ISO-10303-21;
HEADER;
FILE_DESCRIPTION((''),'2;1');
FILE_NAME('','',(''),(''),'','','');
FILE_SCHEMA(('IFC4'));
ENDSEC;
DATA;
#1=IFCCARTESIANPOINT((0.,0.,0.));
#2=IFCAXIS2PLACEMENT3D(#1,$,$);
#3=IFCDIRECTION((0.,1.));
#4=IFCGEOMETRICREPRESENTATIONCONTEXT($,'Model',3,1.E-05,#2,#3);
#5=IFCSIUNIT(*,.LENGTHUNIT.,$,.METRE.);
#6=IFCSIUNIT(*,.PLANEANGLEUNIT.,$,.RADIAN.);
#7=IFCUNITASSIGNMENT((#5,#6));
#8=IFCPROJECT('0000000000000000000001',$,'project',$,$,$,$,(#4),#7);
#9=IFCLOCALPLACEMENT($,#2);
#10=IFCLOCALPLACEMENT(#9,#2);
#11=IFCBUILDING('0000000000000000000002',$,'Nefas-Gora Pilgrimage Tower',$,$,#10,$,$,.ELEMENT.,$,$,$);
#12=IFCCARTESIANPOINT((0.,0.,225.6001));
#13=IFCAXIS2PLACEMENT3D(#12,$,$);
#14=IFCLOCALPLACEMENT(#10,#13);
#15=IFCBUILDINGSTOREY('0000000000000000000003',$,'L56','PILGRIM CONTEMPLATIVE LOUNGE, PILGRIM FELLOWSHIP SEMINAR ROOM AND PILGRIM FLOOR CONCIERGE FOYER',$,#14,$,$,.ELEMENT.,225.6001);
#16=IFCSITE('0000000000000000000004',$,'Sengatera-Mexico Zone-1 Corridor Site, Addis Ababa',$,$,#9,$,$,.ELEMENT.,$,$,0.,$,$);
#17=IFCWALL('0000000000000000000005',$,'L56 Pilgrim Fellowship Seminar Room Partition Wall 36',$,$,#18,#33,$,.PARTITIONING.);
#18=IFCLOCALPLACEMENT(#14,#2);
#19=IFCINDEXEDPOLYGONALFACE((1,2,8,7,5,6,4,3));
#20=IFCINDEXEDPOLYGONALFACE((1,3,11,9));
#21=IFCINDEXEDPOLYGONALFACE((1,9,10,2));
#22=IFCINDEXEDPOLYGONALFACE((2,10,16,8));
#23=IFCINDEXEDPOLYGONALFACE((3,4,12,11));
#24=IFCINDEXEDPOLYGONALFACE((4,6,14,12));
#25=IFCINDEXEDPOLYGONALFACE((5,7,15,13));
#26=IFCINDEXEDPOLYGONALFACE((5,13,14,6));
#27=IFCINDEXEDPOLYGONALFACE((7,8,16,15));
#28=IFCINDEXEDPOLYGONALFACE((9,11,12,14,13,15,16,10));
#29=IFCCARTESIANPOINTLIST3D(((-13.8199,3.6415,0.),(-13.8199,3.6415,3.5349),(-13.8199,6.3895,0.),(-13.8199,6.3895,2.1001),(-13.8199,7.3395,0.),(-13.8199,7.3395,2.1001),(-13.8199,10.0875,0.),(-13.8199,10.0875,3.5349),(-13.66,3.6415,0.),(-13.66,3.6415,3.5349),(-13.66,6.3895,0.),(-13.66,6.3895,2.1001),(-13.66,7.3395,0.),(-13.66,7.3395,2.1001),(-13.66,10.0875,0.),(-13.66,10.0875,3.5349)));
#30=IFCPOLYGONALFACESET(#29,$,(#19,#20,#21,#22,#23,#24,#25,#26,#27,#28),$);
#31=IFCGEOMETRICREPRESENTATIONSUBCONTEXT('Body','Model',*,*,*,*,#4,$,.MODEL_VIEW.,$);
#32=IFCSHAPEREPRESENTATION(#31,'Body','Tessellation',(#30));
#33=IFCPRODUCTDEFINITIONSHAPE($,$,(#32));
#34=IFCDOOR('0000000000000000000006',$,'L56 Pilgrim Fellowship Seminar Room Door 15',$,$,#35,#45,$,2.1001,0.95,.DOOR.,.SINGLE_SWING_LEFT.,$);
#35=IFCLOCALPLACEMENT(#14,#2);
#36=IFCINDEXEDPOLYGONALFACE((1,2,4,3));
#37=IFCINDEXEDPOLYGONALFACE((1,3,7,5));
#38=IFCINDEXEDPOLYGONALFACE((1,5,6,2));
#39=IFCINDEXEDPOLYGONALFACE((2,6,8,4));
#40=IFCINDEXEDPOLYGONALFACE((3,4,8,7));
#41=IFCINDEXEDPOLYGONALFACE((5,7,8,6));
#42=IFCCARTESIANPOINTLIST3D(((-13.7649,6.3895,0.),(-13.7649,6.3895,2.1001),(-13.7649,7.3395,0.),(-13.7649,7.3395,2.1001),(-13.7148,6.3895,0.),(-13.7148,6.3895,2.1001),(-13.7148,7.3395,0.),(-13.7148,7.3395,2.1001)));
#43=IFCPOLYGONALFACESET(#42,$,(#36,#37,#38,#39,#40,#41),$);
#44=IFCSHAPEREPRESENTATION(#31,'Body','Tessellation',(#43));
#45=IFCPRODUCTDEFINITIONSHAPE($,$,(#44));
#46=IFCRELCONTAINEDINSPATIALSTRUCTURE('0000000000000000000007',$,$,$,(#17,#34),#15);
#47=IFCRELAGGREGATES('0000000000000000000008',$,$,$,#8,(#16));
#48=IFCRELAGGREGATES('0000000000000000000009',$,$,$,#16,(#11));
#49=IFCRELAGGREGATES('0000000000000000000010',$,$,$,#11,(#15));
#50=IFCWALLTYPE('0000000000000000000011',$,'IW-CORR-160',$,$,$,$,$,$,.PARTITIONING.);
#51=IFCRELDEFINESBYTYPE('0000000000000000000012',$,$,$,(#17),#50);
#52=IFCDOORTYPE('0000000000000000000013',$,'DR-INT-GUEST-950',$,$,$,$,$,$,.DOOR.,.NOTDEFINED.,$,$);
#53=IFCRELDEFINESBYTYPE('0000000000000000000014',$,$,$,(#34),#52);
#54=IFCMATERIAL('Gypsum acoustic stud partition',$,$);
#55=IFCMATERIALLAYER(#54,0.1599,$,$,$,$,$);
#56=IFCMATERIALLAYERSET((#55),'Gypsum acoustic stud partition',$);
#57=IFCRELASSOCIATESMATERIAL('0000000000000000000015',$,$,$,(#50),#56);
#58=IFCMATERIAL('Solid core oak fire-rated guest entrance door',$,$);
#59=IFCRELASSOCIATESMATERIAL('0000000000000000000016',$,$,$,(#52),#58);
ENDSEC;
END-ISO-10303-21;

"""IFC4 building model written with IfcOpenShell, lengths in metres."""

from ifc_helpers import new_model, si_unit, direction, frame, frame_2d, origin, place, context, subcontext, project, spatial, rectangle, extrude, source, transform, mapped, material, layer, layer_set, type_object, element, fill, save


model = new_model("IFC4")

# Units and contexts
model_context = context("Model", 3, precision=1e-05, world=origin(), true_north=direction((0.0, 1.0)))
body_context = subcontext(model_context, "Body", "Model", "MODEL_VIEW")
ifc_project = project(units=[si_unit("LENGTHUNIT", "METRE"), si_unit("PLANEANGLEUNIT", "RADIAN")], contexts=[model_context])

# Site, building, storey
site_placement = place(None, origin())
site = spatial("IfcSite", under=ifc_project, at=site_placement, Name="Sengatera-Mexico Zone-1 Corridor Site, Addis Ababa", CompositionType="ELEMENT", RefElevation=0.0)
building_placement = place(site_placement, origin())
building = spatial("IfcBuilding", under=site, at=building_placement, Name="Nefas-Gora Pilgrimage Tower", CompositionType="ELEMENT")
storey_placement = place(building_placement, frame((0.0, 0.0, 225.6001)))
storey = spatial("IfcBuildingStorey", under=building, at=storey_placement, Name="L56", Description="PILGRIM CONTEMPLATIVE LOUNGE, PILGRIM FELLOWSHIP SEMINAR ROOM AND PILGRIM FLOOR CONCIERGE FOYER", CompositionType="ELEMENT", Elevation=225.6001)

# Wall, opening, door
ifc_material_1 = material(Name="Gypsum acoustic stud partition")
ifc_layer_1 = layer(ifc_material_1, 0.1599)
ifc_layer_set_1 = layer_set([ifc_layer_1], Name="Gypsum acoustic stud partition")
wall_type_1 = type_object("IfcWallType", Name="IW-CORR-160", PredefinedType="PARTITIONING", material=ifc_layer_set_1)
shared_shape_1 = source(origin(), body_context, "Body", "SweptSolid", [
    extrude(rectangle(XDim=6.446, YDim=0.1599, at=frame_2d((3.2231, 0.0))), origin(), (0.0, 0.0, 1.0), 3.5349),
])
wall_1_placement = place(storey_placement, frame((-13.74, 3.6414, 0.0), z_axis=(0.0, 0.0, 1.0), x_axis=(0.0, 1.0, 0.0)))
wall_1 = element("IfcWall", 1, at=wall_1_placement, inside=storey, type_object=wall_type_1, Name="L56 Pilgrim Fellowship Seminar Room Partition Wall 36", PredefinedType="PARTITIONING", context=body_context, shape_type="MappedRepresentation", body=[
    mapped(shared_shape_1, transform((0.0, 0.0, 0.0), x_axis=(1.0, 0.0, 0.0), y_axis=(0.0, 1.0, 0.0), z_axis=(0.0, 0.0, 1.0), scale=1.0)),
])
opening_placement = place(wall_1_placement, frame((2.748, 0.0, 0.0)))
opening = element("IfcOpeningElement", 2, at=opening_placement, cuts=wall_1, PredefinedType="OPENING", context=body_context, shape_type="SweptSolid", body=[
    extrude(rectangle(XDim=0.95, YDim=2.1001, at=frame_2d((0.4751, 1.05))), frame((0.0, 0.0898, 0.0), z_axis=(0.0, -1.0, 0.0), x_axis=(1.0, 0.0, 0.0)), (0.0, 0.0, 1.0), 0.1799),
])
ifc_material_2 = material(Name="Solid core oak fire-rated guest entrance door")
door_type = type_object("IfcDoorType", Name="DR-INT-GUEST-950", OperationType="NOTDEFINED", PredefinedType="DOOR", material=ifc_material_2)
shared_shape_2 = source(origin(), body_context, "Body", "SweptSolid", [
    extrude(rectangle(XDim=0.95, YDim=2.1001, at=frame_2d((0.4751, 1.05))), frame((0.0, 0.0249, 0.0), z_axis=(0.0, -1.0, 0.0), x_axis=(1.0, 0.0, 0.0)), (0.0, 0.0, 1.0), 0.05),
])
door_placement = place(opening_placement, origin())
door = element("IfcDoor", 3, at=door_placement, inside=storey, type_object=door_type, Name="L56 Pilgrim Fellowship Seminar Room Door 15", OperationType="SINGLE_SWING_LEFT", OverallHeight=2.1001, OverallWidth=0.95, PredefinedType="DOOR", context=body_context, shape_type="MappedRepresentation", body=[
    mapped(shared_shape_2, transform((0.0, 0.0, 0.0), x_axis=(1.0, 0.0, 0.0), y_axis=(0.0, 1.0, 0.0), z_axis=(0.0, 0.0, 1.0), scale=1.0)),
])
fill(opening, door)

save(model, "model.ifc")
